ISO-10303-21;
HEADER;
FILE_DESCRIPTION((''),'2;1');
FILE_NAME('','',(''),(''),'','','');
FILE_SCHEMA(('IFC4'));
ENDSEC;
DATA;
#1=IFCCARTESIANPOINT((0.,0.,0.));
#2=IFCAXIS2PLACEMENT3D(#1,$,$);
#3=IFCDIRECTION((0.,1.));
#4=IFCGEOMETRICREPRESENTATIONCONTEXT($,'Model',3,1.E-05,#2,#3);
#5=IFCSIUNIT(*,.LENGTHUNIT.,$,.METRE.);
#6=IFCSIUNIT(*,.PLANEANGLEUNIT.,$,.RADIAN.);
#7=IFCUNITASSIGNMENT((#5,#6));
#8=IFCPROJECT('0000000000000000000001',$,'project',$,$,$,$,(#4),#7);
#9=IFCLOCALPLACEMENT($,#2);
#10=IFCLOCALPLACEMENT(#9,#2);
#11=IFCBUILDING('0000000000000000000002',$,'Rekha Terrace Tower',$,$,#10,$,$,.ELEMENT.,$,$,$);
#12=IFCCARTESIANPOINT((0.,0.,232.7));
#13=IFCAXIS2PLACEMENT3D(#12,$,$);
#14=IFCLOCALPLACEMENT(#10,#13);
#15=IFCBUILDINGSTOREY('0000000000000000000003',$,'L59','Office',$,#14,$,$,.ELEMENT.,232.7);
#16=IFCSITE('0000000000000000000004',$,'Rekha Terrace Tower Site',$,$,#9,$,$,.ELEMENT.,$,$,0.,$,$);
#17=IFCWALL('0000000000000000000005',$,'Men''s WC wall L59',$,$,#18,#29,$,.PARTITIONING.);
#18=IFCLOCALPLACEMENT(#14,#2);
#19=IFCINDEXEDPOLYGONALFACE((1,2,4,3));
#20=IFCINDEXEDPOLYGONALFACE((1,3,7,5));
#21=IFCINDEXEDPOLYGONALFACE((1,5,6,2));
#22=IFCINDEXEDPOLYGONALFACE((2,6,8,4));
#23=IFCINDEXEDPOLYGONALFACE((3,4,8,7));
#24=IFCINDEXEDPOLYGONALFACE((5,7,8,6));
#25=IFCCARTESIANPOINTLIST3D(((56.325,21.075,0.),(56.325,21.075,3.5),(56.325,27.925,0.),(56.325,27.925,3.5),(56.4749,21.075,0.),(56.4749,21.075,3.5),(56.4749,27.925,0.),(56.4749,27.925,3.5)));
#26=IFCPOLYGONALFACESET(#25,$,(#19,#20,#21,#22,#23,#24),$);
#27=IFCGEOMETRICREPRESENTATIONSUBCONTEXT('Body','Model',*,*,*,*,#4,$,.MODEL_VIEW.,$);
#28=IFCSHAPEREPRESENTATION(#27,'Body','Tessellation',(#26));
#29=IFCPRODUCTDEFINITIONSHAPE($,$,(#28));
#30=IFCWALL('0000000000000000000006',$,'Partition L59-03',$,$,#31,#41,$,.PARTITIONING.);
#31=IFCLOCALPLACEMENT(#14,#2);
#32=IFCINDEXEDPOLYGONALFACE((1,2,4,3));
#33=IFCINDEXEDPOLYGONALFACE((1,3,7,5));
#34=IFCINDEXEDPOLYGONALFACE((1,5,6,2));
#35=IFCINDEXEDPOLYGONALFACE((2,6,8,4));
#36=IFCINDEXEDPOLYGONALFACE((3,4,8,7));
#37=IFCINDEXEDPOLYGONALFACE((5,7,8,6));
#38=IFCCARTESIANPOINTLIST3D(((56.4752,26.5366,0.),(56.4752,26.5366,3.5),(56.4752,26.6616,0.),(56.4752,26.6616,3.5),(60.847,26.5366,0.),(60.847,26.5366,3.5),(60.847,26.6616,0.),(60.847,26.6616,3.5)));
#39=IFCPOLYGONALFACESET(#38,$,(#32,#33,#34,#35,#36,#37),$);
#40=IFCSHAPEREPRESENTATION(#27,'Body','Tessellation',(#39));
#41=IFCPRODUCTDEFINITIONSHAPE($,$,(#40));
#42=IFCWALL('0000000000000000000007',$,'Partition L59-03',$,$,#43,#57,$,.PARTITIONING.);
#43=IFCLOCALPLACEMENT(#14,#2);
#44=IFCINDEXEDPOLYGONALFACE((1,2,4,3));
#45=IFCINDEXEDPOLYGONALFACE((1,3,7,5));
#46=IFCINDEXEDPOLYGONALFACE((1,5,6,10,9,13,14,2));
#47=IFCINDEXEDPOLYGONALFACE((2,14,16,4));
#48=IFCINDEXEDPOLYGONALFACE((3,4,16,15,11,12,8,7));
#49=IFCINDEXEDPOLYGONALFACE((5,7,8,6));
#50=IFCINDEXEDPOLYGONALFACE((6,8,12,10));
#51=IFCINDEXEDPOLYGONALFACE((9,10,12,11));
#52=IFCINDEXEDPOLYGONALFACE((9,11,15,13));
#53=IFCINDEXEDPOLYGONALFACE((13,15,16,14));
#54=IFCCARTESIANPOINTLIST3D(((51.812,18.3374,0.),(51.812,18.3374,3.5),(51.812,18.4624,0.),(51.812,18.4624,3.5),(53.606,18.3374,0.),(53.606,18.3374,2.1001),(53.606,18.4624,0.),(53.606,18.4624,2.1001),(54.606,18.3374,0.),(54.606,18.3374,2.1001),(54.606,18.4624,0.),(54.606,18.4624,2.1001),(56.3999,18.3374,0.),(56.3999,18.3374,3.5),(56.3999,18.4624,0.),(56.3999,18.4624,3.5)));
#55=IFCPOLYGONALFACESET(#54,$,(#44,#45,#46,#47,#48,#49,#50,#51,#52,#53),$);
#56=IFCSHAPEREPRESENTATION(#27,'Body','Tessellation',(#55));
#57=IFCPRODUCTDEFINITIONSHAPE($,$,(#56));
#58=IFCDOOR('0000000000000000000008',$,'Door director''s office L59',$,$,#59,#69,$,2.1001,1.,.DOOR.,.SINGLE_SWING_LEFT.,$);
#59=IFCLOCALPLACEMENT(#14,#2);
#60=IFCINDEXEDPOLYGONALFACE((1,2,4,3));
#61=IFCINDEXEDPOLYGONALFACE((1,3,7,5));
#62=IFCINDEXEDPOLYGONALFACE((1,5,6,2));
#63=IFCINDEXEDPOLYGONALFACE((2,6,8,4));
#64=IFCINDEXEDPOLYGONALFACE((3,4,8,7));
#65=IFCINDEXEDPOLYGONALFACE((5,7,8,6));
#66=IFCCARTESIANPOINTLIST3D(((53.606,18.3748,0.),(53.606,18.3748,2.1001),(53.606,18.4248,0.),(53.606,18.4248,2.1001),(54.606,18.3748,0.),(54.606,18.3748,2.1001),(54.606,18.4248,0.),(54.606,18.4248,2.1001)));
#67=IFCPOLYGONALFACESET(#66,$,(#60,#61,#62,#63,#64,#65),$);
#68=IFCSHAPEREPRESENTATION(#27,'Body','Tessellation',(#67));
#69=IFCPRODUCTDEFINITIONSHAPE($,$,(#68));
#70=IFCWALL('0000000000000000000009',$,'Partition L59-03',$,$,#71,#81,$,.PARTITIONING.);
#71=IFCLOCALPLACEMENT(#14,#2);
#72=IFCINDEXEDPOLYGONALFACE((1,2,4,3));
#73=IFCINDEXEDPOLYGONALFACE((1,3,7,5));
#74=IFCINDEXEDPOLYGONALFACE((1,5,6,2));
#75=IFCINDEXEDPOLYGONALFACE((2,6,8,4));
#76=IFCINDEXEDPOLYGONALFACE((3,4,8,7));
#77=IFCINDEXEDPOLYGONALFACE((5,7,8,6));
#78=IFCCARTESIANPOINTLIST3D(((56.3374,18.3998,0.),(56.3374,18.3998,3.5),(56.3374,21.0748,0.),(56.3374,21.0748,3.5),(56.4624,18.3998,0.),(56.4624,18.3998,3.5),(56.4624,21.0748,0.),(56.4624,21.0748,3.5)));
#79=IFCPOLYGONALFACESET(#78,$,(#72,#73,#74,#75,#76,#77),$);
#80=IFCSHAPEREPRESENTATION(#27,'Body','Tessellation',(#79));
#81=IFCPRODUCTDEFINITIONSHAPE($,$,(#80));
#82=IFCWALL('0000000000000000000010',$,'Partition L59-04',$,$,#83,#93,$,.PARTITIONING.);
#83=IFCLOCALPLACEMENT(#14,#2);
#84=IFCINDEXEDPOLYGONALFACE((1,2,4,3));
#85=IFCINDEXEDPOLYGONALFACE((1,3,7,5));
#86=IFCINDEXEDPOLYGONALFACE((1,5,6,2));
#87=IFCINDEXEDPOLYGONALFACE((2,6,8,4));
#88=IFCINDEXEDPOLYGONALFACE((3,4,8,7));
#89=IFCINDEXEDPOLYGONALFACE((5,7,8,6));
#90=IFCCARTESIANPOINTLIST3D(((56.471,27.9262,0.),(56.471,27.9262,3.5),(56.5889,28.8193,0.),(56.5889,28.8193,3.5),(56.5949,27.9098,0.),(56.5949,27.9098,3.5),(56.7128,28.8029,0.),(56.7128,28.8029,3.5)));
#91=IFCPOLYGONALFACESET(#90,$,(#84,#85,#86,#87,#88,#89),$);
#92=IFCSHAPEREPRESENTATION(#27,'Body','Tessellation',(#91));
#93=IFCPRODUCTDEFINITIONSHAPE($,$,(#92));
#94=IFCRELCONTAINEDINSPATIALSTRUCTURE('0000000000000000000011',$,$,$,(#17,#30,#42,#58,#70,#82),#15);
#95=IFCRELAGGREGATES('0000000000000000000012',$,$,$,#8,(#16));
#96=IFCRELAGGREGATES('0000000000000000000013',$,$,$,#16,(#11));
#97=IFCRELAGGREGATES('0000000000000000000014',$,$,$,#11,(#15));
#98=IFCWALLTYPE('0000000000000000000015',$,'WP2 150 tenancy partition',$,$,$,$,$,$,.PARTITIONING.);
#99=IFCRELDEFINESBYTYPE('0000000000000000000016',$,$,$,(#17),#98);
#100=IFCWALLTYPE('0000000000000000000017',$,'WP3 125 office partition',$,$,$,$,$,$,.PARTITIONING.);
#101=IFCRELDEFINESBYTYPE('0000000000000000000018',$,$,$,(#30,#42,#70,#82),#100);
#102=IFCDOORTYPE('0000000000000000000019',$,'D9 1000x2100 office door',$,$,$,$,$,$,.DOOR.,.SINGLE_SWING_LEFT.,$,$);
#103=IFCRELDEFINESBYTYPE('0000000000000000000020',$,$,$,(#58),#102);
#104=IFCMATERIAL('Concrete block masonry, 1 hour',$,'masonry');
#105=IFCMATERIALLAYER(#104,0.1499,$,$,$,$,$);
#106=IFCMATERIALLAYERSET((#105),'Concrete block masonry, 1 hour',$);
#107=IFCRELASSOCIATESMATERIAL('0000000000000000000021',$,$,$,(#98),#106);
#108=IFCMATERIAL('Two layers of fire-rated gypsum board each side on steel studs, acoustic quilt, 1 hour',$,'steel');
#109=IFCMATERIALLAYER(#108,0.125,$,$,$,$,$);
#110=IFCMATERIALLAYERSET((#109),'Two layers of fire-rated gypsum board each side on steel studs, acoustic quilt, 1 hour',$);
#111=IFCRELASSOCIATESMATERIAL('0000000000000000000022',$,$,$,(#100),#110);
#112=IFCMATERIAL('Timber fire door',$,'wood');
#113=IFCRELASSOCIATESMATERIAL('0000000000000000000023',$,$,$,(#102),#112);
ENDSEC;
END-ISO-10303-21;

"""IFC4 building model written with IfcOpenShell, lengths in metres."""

from ifc_helpers import new_model, si_unit, direction, frame, frame_2d, origin, place, context, subcontext, project, spatial, rectangle, extrude, material, layer, layer_set, type_object, element, fill, save


model = new_model("IFC4")

# Units and contexts
model_context = context("Model", 3, precision=1e-05, world=origin(), true_north=direction((0.0, 1.0)))
body_context = subcontext(model_context, "Body", "Model", "MODEL_VIEW")
ifc_project = project(units=[si_unit("LENGTHUNIT", "METRE"), si_unit("PLANEANGLEUNIT", "RADIAN")], contexts=[model_context])

# Site, building, storey
site_placement = place(None, origin())
site = spatial("IfcSite", under=ifc_project, at=site_placement, Name="Rekha Terrace Tower Site", CompositionType="ELEMENT", RefElevation=0.0)
building_placement = place(site_placement, origin())
building = spatial("IfcBuilding", under=site, at=building_placement, Name="Rekha Terrace Tower", CompositionType="ELEMENT")
storey_placement = place(building_placement, frame((0.0, 0.0, 232.7)))
storey = spatial("IfcBuildingStorey", under=building, at=storey_placement, Name="L59", Description="Office", CompositionType="ELEMENT", Elevation=232.7)

# Shared definitions
ifc_material_1 = material(Name="Concrete block masonry, 1 hour", Category="masonry")
ifc_layer_1 = layer(ifc_material_1, 0.1499)
ifc_layer_set_1 = layer_set([ifc_layer_1], Name="Concrete block masonry, 1 hour")
wall_type_1 = type_object("IfcWallType", Name="WP2 150 tenancy partition", PredefinedType="PARTITIONING", material=ifc_layer_set_1)

# Walls
wall_1_placement = place(storey_placement, frame((56.3999, 21.075, 0.0), z_axis=(0.0, 0.0, 1.0), x_axis=(0.0, 1.0, 0.0)))
element("IfcWall", 1, at=wall_1_placement, inside=storey, type_object=wall_type_1, Name="Men's WC wall L59", PredefinedType="PARTITIONING", context=body_context, shape_type="SweptSolid", body=[
    extrude(rectangle(XDim=6.8501, YDim=0.1499, at=frame_2d((3.425, 0.0))), origin(), (0.0, 0.0, 1.0), 3.5),
])
ifc_material_2 = material(Name="Two layers of fire-rated gypsum board each side on steel studs, acoustic quilt, 1 hour", Category="steel")
ifc_layer_2 = layer(ifc_material_2, 0.125)
ifc_layer_set_2 = layer_set([ifc_layer_2], Name="Two layers of fire-rated gypsum board each side on steel studs, acoustic quilt, 1 hour")
wall_type_2 = type_object("IfcWallType", Name="WP3 125 office partition", PredefinedType="PARTITIONING", material=ifc_layer_set_2)
wall_2_placement = place(storey_placement, frame((56.4751, 26.5991, 0.0), z_axis=(0.0, 0.0, 1.0), x_axis=(1.0, 0.0, 0.0)))
element("IfcWall", 2, at=wall_2_placement, inside=storey, type_object=wall_type_2, Name="Partition L59-03", PredefinedType="PARTITIONING", context=body_context, shape_type="SweptSolid", body=[
    extrude(rectangle(XDim=4.3718, YDim=0.125, at=frame_2d((2.186, 0.0))), origin(), (0.0, 0.0, 1.0), 3.5),
])

# Wall, opening, door
wall_3_placement = place(storey_placement, frame((51.812, 18.3999, 0.0), z_axis=(0.0, 0.0, 1.0), x_axis=(1.0, 0.0, 0.0)))
wall_3 = element("IfcWall", 3, at=wall_3_placement, inside=storey, type_object=wall_type_2, Name="Partition L59-03", PredefinedType="PARTITIONING", context=body_context, shape_type="SweptSolid", body=[
    extrude(rectangle(XDim=4.5879, YDim=0.125, at=frame_2d((2.2939, 0.0))), origin(), (0.0, 0.0, 1.0), 3.5),
])
opening_1_placement = place(wall_3_placement, frame((1.7939, 0.0, 0.0)))
opening_1 = element("IfcOpeningElement", 4, at=opening_1_placement, cuts=wall_3, PredefinedType="OPENING", context=body_context, shape_type="SweptSolid", body=[
    extrude(rectangle(XDim=1.0, YDim=2.1001, at=frame_2d((0.5, 1.05))), frame((0.0, 0.0725, 0.0), z_axis=(0.0, -1.0, 0.0), x_axis=(1.0, 0.0, 0.0)), (0.0, 0.0, 1.0), 0.145),
])
ifc_material_3 = material(Name="Timber fire door", Category="wood")
door_type_1 = type_object("IfcDoorType", Name="D9 1000x2100 office door", OperationType="SINGLE_SWING_LEFT", PredefinedType="DOOR", material=ifc_material_3)
door_1_placement = place(opening_1_placement, origin())
door_1 = element("IfcDoor", 5, at=door_1_placement, inside=storey, type_object=door_type_1, Name="Door director's office L59", OperationType="SINGLE_SWING_LEFT", OverallHeight=2.1001, OverallWidth=1.0, PredefinedType="DOOR", context=body_context, shape_type="SweptSolid", body=[
    extrude(rectangle(XDim=1.0, YDim=2.1001, at=frame_2d((0.5, 1.05))), frame((0.0, 0.0249, 0.0), z_axis=(0.0, -1.0, 0.0), x_axis=(1.0, 0.0, 0.0)), (0.0, 0.0, 1.0), 0.05),
])
fill(opening_1, door_1)

# Walls
wall_4_placement = place(storey_placement, frame((56.3999, 18.3999, 0.0), z_axis=(0.0, 0.0, 1.0), x_axis=(0.0, 1.0, 0.0)))
element("IfcWall", 6, at=wall_4_placement, inside=storey, type_object=wall_type_2, Name="Partition L59-03", PredefinedType="PARTITIONING", context=body_context, shape_type="SweptSolid", body=[
    extrude(rectangle(XDim=2.675, YDim=0.125, at=frame_2d((1.3374, 0.0))), origin(), (0.0, 0.0, 1.0), 3.5),
])
wall_5_placement = place(storey_placement, frame((56.533, 27.918, 0.0), z_axis=(0.0, 0.0, 1.0), x_axis=(0.130903, 0.991395, 0.0)))
element("IfcWall", 7, at=wall_5_placement, inside=storey, type_object=wall_type_2, Name="Partition L59-04", PredefinedType="PARTITIONING", context=body_context, shape_type="SweptSolid", body=[
    extrude(rectangle(XDim=0.9009, YDim=0.125, at=frame_2d((0.4504, 0.0))), origin(), (0.0, 0.0, 1.0), 3.5),
])

save(model, "model.ifc")
